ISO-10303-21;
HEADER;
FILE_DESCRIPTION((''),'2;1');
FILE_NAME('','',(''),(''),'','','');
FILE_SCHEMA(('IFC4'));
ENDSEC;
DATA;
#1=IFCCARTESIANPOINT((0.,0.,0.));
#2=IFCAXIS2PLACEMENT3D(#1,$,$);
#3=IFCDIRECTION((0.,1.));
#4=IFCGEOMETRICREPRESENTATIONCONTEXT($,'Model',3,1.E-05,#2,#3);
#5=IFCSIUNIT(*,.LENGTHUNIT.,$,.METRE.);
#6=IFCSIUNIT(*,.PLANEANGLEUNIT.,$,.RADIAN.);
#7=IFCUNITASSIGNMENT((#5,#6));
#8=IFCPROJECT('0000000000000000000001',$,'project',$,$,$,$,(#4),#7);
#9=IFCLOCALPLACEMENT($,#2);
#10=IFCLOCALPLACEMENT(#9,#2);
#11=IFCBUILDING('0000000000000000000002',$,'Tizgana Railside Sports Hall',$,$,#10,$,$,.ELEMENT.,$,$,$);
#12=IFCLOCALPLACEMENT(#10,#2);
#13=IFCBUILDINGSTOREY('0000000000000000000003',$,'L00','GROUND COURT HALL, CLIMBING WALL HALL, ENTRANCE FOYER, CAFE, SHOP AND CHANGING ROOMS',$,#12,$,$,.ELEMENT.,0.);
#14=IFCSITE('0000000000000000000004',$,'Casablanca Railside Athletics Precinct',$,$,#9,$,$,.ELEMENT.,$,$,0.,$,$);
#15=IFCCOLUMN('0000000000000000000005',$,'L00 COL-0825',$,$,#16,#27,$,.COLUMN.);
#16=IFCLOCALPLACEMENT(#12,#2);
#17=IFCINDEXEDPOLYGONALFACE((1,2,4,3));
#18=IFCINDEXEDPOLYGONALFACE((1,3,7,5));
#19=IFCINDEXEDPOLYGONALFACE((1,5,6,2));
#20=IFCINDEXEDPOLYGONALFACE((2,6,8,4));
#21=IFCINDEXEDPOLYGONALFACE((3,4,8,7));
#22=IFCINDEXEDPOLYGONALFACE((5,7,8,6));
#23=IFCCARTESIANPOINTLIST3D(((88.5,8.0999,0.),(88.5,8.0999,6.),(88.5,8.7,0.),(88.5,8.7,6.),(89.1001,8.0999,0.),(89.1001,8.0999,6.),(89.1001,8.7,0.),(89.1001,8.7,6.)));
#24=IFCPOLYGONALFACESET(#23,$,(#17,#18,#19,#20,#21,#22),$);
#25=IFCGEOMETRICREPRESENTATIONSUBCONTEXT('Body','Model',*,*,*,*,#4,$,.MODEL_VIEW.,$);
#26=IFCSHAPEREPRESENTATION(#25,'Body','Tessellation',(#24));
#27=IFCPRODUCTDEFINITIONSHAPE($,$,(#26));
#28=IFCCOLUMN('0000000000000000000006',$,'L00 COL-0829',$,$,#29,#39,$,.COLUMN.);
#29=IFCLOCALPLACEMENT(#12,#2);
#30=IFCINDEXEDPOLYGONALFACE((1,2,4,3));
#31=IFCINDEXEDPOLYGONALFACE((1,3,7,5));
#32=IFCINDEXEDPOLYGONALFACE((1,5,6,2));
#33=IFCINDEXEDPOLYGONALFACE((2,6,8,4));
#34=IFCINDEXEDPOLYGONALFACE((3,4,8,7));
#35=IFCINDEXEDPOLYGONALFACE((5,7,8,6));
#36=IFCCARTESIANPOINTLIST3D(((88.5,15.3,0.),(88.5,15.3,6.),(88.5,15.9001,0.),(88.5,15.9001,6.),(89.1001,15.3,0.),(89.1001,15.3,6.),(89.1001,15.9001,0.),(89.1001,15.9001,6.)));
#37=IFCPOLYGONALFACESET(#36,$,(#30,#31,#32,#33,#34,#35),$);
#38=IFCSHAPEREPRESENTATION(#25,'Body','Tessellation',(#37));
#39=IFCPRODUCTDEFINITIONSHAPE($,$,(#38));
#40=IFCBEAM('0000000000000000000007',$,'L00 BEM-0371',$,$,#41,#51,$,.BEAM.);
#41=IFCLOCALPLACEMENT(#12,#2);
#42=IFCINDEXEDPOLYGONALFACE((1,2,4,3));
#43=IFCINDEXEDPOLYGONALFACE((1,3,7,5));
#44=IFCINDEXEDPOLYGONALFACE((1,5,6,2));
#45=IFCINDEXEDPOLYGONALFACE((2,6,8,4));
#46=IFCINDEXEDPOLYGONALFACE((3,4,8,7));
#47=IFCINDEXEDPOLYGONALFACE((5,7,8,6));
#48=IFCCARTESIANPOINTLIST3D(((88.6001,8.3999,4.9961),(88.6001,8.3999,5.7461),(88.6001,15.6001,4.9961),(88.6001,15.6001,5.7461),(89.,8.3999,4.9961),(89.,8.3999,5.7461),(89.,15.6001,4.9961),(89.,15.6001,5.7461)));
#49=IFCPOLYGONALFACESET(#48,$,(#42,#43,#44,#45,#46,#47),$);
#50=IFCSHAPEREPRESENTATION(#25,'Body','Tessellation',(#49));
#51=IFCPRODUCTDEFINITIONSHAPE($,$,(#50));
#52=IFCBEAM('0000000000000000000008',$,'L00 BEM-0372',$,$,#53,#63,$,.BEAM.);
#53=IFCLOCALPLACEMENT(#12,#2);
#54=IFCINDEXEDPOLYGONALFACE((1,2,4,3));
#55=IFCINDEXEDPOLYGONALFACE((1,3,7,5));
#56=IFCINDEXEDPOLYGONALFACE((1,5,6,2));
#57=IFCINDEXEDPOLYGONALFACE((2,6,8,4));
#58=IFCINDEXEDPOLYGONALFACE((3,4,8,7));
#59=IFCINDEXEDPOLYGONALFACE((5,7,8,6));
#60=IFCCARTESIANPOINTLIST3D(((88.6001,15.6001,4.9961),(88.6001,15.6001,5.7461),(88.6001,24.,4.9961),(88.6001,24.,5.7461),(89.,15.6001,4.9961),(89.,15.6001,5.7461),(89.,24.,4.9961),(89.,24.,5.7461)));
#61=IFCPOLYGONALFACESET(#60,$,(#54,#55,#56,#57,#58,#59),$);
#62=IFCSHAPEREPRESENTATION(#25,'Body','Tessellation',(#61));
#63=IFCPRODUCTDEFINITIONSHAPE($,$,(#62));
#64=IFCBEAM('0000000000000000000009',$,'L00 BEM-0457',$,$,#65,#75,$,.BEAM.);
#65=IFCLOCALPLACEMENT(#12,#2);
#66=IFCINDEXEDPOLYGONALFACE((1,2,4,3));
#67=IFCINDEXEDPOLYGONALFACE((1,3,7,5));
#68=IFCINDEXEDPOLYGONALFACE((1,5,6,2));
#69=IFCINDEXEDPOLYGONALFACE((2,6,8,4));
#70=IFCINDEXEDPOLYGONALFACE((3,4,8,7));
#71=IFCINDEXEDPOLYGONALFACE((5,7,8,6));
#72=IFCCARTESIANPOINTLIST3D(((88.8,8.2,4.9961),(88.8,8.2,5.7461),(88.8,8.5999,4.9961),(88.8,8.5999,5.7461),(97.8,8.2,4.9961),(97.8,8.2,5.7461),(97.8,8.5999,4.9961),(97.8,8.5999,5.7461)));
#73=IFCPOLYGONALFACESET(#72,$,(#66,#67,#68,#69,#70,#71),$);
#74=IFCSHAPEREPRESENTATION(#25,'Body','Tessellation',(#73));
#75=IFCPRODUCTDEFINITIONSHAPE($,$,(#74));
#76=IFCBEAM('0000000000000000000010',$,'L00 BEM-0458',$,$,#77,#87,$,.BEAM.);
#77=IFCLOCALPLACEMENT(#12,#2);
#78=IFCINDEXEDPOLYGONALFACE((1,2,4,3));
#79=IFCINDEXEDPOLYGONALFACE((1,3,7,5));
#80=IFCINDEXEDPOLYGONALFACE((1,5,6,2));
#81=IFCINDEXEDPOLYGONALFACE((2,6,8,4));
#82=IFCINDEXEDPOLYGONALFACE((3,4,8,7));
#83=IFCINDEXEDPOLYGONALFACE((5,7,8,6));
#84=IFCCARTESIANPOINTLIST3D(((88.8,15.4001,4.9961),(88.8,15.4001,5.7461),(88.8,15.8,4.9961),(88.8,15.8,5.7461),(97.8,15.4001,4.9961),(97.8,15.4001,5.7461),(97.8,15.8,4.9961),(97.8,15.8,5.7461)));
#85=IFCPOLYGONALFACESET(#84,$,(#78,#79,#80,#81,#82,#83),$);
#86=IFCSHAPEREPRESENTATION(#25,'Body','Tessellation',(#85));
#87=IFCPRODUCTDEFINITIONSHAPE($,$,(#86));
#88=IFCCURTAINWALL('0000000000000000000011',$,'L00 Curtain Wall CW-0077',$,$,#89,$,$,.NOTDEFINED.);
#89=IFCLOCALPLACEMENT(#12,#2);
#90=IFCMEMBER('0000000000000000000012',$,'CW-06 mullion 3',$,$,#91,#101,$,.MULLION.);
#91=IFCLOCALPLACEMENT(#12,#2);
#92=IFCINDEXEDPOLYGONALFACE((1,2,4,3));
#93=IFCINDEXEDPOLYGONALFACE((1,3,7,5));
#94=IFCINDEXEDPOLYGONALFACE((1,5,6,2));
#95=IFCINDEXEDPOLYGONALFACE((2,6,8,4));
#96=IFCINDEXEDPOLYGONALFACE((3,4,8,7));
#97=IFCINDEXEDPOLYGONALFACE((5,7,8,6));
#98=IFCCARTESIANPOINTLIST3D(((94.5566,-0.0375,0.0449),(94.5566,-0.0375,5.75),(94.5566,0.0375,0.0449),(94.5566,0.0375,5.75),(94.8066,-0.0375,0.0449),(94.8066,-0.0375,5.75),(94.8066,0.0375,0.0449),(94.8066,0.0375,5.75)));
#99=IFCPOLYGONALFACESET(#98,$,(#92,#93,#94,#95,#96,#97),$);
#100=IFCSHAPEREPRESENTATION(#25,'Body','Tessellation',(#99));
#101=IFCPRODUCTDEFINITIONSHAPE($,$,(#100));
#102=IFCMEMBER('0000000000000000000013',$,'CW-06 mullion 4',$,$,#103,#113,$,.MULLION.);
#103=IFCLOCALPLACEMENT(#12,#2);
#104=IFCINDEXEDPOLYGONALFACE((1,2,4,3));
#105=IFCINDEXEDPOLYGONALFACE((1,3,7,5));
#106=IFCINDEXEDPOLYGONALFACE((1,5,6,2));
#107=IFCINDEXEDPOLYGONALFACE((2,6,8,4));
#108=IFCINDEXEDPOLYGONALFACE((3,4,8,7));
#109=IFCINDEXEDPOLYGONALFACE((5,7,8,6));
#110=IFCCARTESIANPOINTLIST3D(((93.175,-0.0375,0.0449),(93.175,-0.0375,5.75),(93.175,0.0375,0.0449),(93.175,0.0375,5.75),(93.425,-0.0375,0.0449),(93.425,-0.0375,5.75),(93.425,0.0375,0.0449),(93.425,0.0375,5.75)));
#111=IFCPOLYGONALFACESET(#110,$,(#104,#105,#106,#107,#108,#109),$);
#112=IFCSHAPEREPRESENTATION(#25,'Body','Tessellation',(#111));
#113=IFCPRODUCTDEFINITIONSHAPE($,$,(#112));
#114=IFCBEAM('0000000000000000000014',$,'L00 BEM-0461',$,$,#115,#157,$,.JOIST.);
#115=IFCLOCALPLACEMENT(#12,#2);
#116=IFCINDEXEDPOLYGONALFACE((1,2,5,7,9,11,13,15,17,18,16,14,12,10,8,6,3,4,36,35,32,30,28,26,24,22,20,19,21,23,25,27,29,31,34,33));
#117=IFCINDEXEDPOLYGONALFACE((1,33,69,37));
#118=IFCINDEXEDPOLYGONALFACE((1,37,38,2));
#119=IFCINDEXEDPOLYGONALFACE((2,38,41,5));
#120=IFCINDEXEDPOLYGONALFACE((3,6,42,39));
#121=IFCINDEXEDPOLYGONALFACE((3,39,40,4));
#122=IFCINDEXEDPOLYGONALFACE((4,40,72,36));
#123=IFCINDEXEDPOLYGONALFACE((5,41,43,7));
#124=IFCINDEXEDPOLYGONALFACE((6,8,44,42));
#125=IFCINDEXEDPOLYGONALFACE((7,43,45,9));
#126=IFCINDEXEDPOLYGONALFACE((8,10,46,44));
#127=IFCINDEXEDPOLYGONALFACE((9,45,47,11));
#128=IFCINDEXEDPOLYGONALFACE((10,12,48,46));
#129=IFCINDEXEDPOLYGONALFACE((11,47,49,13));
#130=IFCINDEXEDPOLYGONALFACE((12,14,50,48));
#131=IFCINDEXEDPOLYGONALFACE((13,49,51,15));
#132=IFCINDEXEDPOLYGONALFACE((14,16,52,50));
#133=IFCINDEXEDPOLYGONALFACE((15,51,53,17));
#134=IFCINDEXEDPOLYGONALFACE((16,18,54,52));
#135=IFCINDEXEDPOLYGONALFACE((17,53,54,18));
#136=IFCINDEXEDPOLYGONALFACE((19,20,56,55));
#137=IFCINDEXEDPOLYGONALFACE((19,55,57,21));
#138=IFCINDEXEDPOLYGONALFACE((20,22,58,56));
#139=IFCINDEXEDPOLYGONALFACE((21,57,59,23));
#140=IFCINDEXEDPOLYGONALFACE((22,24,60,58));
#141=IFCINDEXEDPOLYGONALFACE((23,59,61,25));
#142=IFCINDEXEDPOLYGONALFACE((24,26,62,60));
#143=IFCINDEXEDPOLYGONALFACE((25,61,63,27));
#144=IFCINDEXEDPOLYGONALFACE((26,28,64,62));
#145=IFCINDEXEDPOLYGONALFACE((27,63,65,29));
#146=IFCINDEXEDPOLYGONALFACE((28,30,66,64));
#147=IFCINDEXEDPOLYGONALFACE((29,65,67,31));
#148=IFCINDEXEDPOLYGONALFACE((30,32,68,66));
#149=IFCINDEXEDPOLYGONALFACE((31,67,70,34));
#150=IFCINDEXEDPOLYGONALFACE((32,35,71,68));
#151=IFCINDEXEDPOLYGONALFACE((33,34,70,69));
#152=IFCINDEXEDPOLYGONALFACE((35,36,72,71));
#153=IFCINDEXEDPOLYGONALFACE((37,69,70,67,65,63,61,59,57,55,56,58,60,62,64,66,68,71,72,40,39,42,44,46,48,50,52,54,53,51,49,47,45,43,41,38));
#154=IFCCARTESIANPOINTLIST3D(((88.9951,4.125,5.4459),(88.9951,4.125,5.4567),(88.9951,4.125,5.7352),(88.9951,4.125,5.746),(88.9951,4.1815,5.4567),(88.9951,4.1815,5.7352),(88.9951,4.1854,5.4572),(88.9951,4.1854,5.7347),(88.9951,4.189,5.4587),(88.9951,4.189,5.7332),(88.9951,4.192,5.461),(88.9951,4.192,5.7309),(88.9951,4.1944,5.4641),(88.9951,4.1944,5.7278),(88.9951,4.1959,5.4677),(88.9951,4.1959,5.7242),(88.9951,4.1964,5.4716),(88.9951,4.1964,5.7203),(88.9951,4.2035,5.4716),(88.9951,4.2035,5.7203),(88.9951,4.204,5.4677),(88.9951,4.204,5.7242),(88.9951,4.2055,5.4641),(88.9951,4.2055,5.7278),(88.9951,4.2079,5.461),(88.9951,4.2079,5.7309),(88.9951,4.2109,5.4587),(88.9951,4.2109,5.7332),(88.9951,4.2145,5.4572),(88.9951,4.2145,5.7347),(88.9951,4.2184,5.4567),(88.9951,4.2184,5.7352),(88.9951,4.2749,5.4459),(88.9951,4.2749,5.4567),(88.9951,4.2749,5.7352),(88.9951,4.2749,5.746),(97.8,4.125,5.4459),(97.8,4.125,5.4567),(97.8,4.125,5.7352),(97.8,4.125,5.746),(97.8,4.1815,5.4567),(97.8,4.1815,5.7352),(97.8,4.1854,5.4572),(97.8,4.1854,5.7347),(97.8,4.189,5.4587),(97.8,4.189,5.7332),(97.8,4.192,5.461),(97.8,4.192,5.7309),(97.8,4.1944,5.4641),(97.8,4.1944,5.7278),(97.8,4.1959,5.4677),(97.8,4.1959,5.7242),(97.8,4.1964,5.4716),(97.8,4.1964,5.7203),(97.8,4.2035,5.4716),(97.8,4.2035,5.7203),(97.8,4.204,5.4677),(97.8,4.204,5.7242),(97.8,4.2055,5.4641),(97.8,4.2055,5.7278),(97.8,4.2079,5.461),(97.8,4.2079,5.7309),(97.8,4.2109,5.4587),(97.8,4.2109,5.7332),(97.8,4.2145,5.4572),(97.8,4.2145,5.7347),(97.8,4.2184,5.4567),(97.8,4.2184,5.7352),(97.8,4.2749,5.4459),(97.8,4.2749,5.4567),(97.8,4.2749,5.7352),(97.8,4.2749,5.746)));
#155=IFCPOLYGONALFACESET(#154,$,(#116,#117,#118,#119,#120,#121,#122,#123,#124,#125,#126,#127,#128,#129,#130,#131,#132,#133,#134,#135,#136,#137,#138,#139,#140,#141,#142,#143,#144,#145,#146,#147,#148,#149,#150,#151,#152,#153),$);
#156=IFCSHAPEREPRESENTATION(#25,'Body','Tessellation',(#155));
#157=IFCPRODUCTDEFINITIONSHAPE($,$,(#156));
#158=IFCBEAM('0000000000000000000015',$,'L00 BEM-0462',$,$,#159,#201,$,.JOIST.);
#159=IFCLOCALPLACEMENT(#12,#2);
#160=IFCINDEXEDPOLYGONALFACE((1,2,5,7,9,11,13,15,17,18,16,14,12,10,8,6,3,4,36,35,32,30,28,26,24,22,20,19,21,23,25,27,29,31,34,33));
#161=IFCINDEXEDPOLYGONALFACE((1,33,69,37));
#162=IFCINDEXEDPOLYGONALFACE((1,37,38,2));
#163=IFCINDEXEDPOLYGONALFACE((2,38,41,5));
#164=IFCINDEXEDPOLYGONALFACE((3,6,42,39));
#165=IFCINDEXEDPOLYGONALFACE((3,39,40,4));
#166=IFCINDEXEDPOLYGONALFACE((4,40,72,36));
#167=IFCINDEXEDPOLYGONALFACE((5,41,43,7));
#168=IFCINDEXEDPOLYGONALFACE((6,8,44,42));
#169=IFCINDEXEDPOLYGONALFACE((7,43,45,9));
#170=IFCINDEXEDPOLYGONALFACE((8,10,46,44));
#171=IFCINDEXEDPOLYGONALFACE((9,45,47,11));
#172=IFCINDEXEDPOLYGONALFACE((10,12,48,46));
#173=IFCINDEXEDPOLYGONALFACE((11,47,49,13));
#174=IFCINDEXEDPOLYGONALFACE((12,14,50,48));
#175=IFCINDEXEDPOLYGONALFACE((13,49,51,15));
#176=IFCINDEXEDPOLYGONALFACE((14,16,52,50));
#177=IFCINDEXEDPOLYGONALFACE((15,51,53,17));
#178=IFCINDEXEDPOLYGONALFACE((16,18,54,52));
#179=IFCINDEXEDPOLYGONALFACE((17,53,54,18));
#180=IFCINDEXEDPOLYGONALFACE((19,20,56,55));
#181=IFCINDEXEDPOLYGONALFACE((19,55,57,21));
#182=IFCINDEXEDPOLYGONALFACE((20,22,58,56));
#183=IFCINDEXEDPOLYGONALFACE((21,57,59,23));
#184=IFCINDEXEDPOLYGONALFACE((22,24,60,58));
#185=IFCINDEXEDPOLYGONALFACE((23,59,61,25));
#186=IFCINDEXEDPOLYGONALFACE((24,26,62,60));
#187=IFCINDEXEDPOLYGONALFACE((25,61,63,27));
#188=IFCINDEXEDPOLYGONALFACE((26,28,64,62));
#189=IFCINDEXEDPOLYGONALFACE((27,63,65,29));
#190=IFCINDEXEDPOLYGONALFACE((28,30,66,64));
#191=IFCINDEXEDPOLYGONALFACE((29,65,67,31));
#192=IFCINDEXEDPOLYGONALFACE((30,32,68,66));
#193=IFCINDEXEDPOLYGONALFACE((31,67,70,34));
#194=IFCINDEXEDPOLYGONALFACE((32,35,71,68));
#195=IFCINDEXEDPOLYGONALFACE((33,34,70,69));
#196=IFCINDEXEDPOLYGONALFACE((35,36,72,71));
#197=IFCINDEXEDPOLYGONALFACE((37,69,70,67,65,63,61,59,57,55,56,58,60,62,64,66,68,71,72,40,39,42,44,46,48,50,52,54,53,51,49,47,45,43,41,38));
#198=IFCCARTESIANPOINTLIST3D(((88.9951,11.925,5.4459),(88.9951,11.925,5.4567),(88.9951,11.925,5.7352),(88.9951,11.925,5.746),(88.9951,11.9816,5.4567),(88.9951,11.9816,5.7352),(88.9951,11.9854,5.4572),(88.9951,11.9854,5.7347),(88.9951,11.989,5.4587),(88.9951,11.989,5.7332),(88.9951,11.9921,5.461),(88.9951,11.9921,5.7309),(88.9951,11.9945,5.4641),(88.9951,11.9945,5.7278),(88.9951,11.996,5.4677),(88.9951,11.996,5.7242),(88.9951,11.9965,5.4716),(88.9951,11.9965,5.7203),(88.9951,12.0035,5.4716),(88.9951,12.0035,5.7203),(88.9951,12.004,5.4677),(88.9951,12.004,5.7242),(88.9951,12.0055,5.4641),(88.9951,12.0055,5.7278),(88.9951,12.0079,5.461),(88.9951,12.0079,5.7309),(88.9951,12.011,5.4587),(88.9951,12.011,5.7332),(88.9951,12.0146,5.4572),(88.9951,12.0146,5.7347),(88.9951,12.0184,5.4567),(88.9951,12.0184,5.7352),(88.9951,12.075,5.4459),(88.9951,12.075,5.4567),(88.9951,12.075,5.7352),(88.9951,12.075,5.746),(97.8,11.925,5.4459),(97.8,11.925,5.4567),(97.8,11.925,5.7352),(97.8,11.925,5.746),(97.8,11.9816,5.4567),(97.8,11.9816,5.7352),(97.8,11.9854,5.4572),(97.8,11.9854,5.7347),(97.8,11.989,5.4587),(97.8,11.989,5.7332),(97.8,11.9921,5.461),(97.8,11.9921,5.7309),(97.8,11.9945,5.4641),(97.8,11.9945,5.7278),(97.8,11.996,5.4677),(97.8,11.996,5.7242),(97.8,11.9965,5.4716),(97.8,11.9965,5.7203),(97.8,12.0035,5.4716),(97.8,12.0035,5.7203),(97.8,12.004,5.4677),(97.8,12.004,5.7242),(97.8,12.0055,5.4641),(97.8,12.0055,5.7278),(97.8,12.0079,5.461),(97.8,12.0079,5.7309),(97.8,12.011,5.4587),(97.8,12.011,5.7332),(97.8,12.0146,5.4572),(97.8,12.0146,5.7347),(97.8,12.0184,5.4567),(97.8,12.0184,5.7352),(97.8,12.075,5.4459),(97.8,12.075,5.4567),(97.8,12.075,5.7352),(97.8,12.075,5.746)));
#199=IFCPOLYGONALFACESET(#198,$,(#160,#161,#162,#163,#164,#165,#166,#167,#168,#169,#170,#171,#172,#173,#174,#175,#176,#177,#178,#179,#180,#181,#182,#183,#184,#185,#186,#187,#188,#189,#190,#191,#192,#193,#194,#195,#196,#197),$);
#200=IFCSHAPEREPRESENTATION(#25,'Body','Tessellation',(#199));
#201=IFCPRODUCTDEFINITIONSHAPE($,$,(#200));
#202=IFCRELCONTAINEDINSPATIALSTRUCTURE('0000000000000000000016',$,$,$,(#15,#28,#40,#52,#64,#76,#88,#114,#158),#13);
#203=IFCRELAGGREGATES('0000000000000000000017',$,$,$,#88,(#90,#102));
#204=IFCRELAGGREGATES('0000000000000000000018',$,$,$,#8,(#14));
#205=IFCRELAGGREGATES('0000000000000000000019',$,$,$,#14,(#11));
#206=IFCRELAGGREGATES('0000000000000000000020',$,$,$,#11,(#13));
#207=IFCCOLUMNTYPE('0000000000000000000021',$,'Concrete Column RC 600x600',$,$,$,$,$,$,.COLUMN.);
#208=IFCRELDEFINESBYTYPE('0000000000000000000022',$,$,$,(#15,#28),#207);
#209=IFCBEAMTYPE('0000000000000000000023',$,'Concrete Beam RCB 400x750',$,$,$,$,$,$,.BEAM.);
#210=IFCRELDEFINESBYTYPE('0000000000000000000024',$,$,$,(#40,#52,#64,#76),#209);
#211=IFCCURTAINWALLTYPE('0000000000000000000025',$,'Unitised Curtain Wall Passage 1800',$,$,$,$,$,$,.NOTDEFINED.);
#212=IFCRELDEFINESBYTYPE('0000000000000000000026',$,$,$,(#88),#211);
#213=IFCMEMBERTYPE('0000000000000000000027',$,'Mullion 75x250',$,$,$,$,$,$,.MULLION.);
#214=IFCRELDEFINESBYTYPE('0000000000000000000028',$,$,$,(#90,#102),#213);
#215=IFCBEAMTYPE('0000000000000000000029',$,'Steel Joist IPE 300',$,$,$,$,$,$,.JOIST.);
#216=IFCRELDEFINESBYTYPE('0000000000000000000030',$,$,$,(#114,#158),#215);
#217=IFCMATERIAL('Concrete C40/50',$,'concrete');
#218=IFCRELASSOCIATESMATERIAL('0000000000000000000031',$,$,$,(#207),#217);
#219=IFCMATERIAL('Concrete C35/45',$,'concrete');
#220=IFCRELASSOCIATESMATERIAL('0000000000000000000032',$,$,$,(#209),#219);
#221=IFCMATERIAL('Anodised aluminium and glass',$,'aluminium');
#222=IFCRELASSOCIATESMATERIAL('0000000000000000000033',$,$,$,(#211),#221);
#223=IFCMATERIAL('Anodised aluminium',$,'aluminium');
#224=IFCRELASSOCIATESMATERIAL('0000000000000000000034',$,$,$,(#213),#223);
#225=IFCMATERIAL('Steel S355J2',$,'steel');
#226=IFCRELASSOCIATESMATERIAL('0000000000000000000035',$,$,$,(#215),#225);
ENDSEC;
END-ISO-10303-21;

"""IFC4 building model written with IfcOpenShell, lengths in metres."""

from ifc_helpers import new_model, si_unit, direction, frame, origin, origin_2d, place, context, subcontext, project, spatial, rectangle, i_section, extrude, material, material_profile, profile_set, type_object, element, aggregate, save


model = new_model("IFC4")

# Units and contexts
model_context = context("Model", 3, precision=1e-05, world=origin(), true_north=direction((0.0, 1.0)))
body_context = subcontext(model_context, "Body", "Model", "MODEL_VIEW")
ifc_project = project(units=[si_unit("LENGTHUNIT", "METRE"), si_unit("PLANEANGLEUNIT", "RADIAN")], contexts=[model_context])

# Site, building, storey
site_placement = place(None, origin())
site = spatial("IfcSite", under=ifc_project, at=site_placement, Name="Casablanca Railside Athletics Precinct", CompositionType="ELEMENT", RefElevation=0.0)
building_placement = place(site_placement, origin())
building = spatial("IfcBuilding", under=site, at=building_placement, Name="Tizgana Railside Sports Hall", CompositionType="ELEMENT")
storey_placement = place(building_placement, origin())
storey = spatial("IfcBuildingStorey", under=building, at=storey_placement, Name="L00", Description="GROUND COURT HALL, CLIMBING WALL HALL, ENTRANCE FOYER, CAFE, SHOP AND CHANGING ROOMS", CompositionType="ELEMENT", Elevation=0.0)

# Columns
ifc_material_1 = material(Name="Concrete C40/50", Category="concrete")
ifc_material_profile_1 = material_profile(ifc_material_1, rectangle(XDim=0.6001, YDim=0.6001, at=origin_2d()), Name="RC 600x600")
ifc_profile_set_1 = profile_set([ifc_material_profile_1], Name="Concrete C40/50")
column_type = type_object("IfcColumnType", Name="Concrete Column RC 600x600", PredefinedType="COLUMN", material=ifc_profile_set_1)
for number, where, z_axis, x_axis, name in (
    (1, (88.8, 8.3999, 0.0), (0.0, 0.0, 1.0), (1.0, 0.0, 0.0), "L00 COL-0825"),
    (2, (88.8, 15.6001, 0.0), (0.0, 0.0, 1.0), (1.0, 0.0, 0.0), "L00 COL-0829"),
):
    element("IfcColumn", number, at=place(storey_placement, frame(where, z_axis=z_axis, x_axis=x_axis)), inside=storey, type_object=column_type, Name=name, PredefinedType="COLUMN", context=body_context, shape_type="SweptSolid", body=[
        extrude(rectangle(XDim=0.6001, YDim=0.6001, at=origin_2d()), origin(), (0.0, 0.0, 1.0), 6.0),
    ])

# Beams
ifc_material_2 = material(Name="Concrete C35/45", Category="concrete")
ifc_material_profile_2 = material_profile(ifc_material_2, rectangle(XDim=0.3999, YDim=0.75, at=origin_2d()), Name="RCB 400x750")
ifc_profile_set_2 = profile_set([ifc_material_profile_2], Name="Concrete C35/45")
beam_type_1 = type_object("IfcBeamType", Name="Concrete Beam RCB 400x750", PredefinedType="BEAM", material=ifc_profile_set_2)
beam_1_placement = place(storey_placement, frame((88.8, 8.3999, 5.3711), z_axis=(0.0, 1.0, 0.0), x_axis=(-1.0, 0.0, 0.0)))
element("IfcBeam", 3, at=beam_1_placement, inside=storey, type_object=beam_type_1, Name="L00 BEM-0371", PredefinedType="BEAM", context=body_context, shape_type="SweptSolid", body=[
    extrude(rectangle(XDim=0.3999, YDim=0.75, at=origin_2d()), origin(), (0.0, 0.0, 1.0), 7.2002),
])
beam_2_placement = place(storey_placement, frame((88.8, 15.6001, 5.3711), z_axis=(0.0, 1.0, 0.0), x_axis=(-1.0, 0.0, 0.0)))
element("IfcBeam", 4, at=beam_2_placement, inside=storey, type_object=beam_type_1, Name="L00 BEM-0372", PredefinedType="BEAM", context=body_context, shape_type="SweptSolid", body=[
    extrude(rectangle(XDim=0.3999, YDim=0.75, at=origin_2d()), origin(), (0.0, 0.0, 1.0), 8.3999),
])
for number, where, z_axis, x_axis, name in (
    (5, (88.8, 8.3999, 5.3711), (1.0, 0.0, 0.0), (0.0, 1.0, 0.0), "L00 BEM-0457"),
    (6, (88.8, 15.6001, 5.3711), (1.0, 0.0, 0.0), (0.0, 1.0, 0.0), "L00 BEM-0458"),
):
    element("IfcBeam", number, at=place(storey_placement, frame(where, z_axis=z_axis, x_axis=x_axis)), inside=storey, type_object=beam_type_1, Name=name, PredefinedType="BEAM", context=body_context, shape_type="SweptSolid", body=[
        extrude(rectangle(XDim=0.3999, YDim=0.75, at=origin_2d()), origin(), (0.0, 0.0, 1.0), 9.0),
    ])

# Curtain wall, members
ifc_material_3 = material(Name="Anodised aluminium and glass", Category="aluminium")
curtain_wall_type = type_object("IfcCurtainWallType", Name="Unitised Curtain Wall Passage 1800", PredefinedType="NOTDEFINED", material=ifc_material_3)
curtain_wall_placement = place(storey_placement, origin())
curtain_wall = element("IfcCurtainWall", 7, at=curtain_wall_placement, inside=storey, type_object=curtain_wall_type, Name="L00 Curtain Wall CW-0077", PredefinedType="NOTDEFINED")
ifc_material_4 = material(Name="Anodised aluminium", Category="aluminium")
ifc_material_profile_3 = material_profile(ifc_material_4, rectangle(XDim=0.075, YDim=0.25, at=origin_2d()), Name="Mullion 75x250")
ifc_profile_set_3 = profile_set([ifc_material_profile_3], Name="Anodised aluminium")
member_type_1 = type_object("IfcMemberType", Name="Mullion 75x250", PredefinedType="MULLION", material=ifc_profile_set_3)
member_1_placement = place(storey_placement, frame((94.6816, 0.0, 0.0449), z_axis=(0.0, 0.0, 1.0), x_axis=(0.0, -1.0, 0.0)))
member_1 = element("IfcMember", 8, at=member_1_placement, type_object=member_type_1, Name="CW-06 mullion 3", PredefinedType="MULLION", context=body_context, shape_type="SweptSolid", body=[
    extrude(rectangle(XDim=0.075, YDim=0.25, at=origin_2d()), origin(), (0.0, 0.0, 1.0), 5.7051),
])
member_2_placement = place(storey_placement, frame((93.3, 0.0, 0.0449), z_axis=(0.0, 0.0, 1.0), x_axis=(0.0, -1.0, 0.0)))
member_2 = element("IfcMember", 9, at=member_2_placement, type_object=member_type_1, Name="CW-06 mullion 4", PredefinedType="MULLION", context=body_context, shape_type="SweptSolid", body=[
    extrude(rectangle(XDim=0.075, YDim=0.25, at=origin_2d()), origin(), (0.0, 0.0, 1.0), 5.7051),
])

# Beams
ifc_material_5 = material(Name="Steel S355J2", Category="steel")
ifc_material_profile_4 = material_profile(ifc_material_5, i_section(OverallWidth=0.1499, OverallDepth=0.3, WebThickness=0.0071, FlangeThickness=0.0107, FilletRadius=0.0149, at=origin_2d()), Name="IPE 300")
ifc_profile_set_4 = profile_set([ifc_material_profile_4], Name="Steel S355J2")
beam_type_2 = type_object("IfcBeamType", Name="Steel Joist IPE 300", PredefinedType="JOIST", material=ifc_profile_set_4)
for number, where, z_axis, x_axis, name in (
    (10, (88.9951, 4.2, 5.5959), (1.0, 0.0, 0.0), (0.0, 1.0, 0.0), "L00 BEM-0461"),
    (11, (88.9951, 12.0, 5.5959), (1.0, 0.0, 0.0), (0.0, 1.0, 0.0), "L00 BEM-0462"),
):
    element("IfcBeam", number, at=place(storey_placement, frame(where, z_axis=z_axis, x_axis=x_axis)), inside=storey, type_object=beam_type_2, Name=name, PredefinedType="JOIST", context=body_context, shape_type="SweptSolid", body=[
        extrude(i_section(OverallWidth=0.1499, OverallDepth=0.3, WebThickness=0.0071, FlangeThickness=0.0107, FilletRadius=0.0149, at=origin_2d()), origin(), (0.0, 0.0, 1.0), 8.8049),
    ])

aggregate(curtain_wall, [member_1, member_2])

save(model, "model.ifc")
